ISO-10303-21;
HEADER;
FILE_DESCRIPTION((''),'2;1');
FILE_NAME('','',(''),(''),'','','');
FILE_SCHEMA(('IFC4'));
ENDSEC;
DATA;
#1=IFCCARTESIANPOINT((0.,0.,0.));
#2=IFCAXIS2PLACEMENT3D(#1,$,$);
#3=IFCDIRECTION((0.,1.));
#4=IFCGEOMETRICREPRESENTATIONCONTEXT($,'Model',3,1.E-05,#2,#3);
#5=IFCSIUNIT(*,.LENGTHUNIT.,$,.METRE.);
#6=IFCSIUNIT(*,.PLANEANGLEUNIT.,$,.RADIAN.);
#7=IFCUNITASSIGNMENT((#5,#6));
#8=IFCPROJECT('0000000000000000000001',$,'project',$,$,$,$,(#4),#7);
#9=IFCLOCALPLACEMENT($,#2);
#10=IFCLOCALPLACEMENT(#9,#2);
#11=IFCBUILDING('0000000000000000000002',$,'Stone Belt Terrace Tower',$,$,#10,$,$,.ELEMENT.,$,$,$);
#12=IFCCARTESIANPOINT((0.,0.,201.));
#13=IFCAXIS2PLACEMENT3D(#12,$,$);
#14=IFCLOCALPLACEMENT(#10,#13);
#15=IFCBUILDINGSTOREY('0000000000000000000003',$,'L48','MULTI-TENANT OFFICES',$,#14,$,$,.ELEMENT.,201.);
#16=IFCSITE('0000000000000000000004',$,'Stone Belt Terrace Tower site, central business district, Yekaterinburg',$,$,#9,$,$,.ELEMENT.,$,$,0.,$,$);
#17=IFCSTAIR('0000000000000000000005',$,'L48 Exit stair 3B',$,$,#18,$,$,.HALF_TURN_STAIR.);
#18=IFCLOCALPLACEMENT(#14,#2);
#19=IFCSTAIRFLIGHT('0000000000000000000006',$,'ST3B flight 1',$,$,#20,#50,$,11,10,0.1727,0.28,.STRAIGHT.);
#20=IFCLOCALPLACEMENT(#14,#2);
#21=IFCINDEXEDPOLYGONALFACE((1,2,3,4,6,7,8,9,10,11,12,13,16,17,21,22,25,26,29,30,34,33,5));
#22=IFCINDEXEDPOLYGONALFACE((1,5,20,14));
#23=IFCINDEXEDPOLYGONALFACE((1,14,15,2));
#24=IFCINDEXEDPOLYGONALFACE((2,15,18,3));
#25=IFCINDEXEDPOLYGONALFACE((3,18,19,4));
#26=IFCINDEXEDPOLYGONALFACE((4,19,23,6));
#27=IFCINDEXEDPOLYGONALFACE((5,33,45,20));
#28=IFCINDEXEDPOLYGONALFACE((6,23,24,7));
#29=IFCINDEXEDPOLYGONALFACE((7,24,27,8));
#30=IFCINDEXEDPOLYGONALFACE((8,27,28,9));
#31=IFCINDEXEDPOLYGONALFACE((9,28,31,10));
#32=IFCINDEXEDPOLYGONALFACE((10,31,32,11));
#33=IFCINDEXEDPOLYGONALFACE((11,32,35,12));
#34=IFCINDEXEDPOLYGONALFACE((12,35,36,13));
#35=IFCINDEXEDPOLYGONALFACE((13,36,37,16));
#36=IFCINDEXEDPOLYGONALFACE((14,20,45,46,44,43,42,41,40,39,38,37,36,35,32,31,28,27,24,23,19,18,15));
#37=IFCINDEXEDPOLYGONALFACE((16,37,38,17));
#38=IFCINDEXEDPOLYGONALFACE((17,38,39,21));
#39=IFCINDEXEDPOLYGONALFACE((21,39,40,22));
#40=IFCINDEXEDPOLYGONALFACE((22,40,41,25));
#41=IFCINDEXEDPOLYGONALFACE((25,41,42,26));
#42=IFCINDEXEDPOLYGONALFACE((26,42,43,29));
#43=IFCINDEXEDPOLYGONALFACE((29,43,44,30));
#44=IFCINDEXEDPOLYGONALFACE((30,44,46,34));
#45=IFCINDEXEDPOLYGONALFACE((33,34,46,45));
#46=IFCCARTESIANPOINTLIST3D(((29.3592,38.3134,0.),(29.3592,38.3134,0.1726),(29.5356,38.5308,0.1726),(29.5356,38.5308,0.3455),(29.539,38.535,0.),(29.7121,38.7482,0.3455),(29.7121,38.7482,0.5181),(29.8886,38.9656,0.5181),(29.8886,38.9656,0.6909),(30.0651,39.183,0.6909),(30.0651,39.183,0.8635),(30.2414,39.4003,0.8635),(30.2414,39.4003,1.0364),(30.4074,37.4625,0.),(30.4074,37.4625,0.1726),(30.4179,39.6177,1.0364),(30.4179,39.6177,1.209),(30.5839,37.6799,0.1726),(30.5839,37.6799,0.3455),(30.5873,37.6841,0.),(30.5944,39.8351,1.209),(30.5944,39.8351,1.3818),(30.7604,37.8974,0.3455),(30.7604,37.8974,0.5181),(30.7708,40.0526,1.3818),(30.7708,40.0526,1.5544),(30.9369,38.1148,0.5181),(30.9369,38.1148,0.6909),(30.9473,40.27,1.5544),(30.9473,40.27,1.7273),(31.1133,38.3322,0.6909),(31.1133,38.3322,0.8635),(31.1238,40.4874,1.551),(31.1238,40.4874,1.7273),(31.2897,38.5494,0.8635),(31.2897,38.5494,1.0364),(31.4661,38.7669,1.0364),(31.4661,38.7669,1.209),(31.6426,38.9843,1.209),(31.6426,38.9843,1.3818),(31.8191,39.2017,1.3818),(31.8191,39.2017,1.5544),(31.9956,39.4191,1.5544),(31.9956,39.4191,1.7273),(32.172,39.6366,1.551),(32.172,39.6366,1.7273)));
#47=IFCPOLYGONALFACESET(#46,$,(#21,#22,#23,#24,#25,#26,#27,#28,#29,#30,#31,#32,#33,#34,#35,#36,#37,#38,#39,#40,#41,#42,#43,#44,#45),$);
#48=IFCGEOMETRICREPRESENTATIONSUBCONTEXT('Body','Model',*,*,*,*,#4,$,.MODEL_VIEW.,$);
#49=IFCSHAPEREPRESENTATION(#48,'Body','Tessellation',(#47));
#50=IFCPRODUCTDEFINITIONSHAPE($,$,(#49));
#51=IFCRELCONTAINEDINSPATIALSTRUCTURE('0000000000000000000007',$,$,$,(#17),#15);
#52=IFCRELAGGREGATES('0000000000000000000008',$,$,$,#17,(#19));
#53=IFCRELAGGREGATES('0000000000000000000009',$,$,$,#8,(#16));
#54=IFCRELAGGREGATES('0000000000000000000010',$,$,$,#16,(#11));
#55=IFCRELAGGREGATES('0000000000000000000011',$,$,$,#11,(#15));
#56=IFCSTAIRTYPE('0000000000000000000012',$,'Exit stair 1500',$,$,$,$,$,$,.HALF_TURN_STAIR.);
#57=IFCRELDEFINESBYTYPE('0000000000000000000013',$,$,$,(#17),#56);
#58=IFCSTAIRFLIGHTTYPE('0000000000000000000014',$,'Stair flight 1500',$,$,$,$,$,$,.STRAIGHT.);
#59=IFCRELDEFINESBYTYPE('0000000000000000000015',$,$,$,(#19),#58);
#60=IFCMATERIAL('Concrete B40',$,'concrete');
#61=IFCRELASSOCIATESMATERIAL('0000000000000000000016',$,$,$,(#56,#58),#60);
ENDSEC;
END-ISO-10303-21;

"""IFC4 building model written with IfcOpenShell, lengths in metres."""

from ifc_helpers import new_model, si_unit, direction, frame, origin, place, context, subcontext, project, spatial, polyline, outline, extrude, material, type_object, element, aggregate, save


model = new_model("IFC4")

# Units and contexts
model_context = context("Model", 3, precision=1e-05, world=origin(), true_north=direction((0.0, 1.0)))
body_context = subcontext(model_context, "Body", "Model", "MODEL_VIEW")
ifc_project = project(units=[si_unit("LENGTHUNIT", "METRE"), si_unit("PLANEANGLEUNIT", "RADIAN")], contexts=[model_context])

# Site, building, storey
site_placement = place(None, origin())
site = spatial("IfcSite", under=ifc_project, at=site_placement, Name="Stone Belt Terrace Tower site, central business district, Yekaterinburg", CompositionType="ELEMENT", RefElevation=0.0)
building_placement = place(site_placement, origin())
building = spatial("IfcBuilding", under=site, at=building_placement, Name="Stone Belt Terrace Tower", CompositionType="ELEMENT")
storey_placement = place(building_placement, frame((0.0, 0.0, 201.0)))
storey = spatial("IfcBuildingStorey", under=building, at=storey_placement, Name="L48", Description="MULTI-TENANT OFFICES", CompositionType="ELEMENT", Elevation=201.0)

# Shared definitions
ifc_material_1 = material(Name="Concrete B40", Category="concrete")

# Stair
stair_type = type_object("IfcStairType", Name="Exit stair 1500", PredefinedType="HALF_TURN_STAIR", material=ifc_material_1)
stair_1_placement = place(storey_placement, origin())
stair_1 = element("IfcStair", 1, at=stair_1_placement, inside=storey, type_object=stair_type, Name="L48 Exit stair 3B", PredefinedType="HALF_TURN_STAIR")

# Stair flight
stair_flight_type = type_object("IfcStairFlightType", Name="Stair flight 1500", PredefinedType="STRAIGHT", material=ifc_material_1)
stair_flight_placement = place(storey_placement, frame((29.8833, 37.8879, 0.0), z_axis=(0.0, 0.0, 1.0), x_axis=(0.630206, 0.776428, 0.0)))
stair_flight = element("IfcStairFlight", 2, at=stair_flight_placement, type_object=stair_flight_type, Name="ST3B flight 1", NumberOfRisers=11, NumberOfTreads=10, PredefinedType="STRAIGHT", RiserHeight=0.1727, TreadLength=0.28, context=body_context, shape_type="SweptSolid", body=[
    extrude(outline(polyline([(0.0, 0.0), (0.0, 0.1726), (0.28, 0.1726), (0.28, 0.3455), (0.5601, 0.3455), (0.5601, 0.5181), (0.8401, 0.5181), (0.8401, 0.6909), (1.1201, 0.6909), (1.1201, 0.8635), (1.3999, 0.8635), (1.3999, 1.0364), (1.6799, 1.0364), (1.6799, 1.209), (1.96, 1.209), (1.96, 1.3818), (2.24, 1.3818), (2.24, 1.5544), (2.52, 1.5544), (2.52, 1.7273), (2.8, 1.7273), (2.8, 1.8999), (2.8, 1.551), (0.2854, 0.0), (0.0, 0.0)])), frame((0.0, 0.675, 0.0), z_axis=(0.0, -1.0, 0.0), x_axis=(1.0, 0.0, 0.0)), (0.0, 0.0, 1.0), 1.3501),
])
aggregate(stair_1, [stair_flight])

save(model, "model.ifc")
